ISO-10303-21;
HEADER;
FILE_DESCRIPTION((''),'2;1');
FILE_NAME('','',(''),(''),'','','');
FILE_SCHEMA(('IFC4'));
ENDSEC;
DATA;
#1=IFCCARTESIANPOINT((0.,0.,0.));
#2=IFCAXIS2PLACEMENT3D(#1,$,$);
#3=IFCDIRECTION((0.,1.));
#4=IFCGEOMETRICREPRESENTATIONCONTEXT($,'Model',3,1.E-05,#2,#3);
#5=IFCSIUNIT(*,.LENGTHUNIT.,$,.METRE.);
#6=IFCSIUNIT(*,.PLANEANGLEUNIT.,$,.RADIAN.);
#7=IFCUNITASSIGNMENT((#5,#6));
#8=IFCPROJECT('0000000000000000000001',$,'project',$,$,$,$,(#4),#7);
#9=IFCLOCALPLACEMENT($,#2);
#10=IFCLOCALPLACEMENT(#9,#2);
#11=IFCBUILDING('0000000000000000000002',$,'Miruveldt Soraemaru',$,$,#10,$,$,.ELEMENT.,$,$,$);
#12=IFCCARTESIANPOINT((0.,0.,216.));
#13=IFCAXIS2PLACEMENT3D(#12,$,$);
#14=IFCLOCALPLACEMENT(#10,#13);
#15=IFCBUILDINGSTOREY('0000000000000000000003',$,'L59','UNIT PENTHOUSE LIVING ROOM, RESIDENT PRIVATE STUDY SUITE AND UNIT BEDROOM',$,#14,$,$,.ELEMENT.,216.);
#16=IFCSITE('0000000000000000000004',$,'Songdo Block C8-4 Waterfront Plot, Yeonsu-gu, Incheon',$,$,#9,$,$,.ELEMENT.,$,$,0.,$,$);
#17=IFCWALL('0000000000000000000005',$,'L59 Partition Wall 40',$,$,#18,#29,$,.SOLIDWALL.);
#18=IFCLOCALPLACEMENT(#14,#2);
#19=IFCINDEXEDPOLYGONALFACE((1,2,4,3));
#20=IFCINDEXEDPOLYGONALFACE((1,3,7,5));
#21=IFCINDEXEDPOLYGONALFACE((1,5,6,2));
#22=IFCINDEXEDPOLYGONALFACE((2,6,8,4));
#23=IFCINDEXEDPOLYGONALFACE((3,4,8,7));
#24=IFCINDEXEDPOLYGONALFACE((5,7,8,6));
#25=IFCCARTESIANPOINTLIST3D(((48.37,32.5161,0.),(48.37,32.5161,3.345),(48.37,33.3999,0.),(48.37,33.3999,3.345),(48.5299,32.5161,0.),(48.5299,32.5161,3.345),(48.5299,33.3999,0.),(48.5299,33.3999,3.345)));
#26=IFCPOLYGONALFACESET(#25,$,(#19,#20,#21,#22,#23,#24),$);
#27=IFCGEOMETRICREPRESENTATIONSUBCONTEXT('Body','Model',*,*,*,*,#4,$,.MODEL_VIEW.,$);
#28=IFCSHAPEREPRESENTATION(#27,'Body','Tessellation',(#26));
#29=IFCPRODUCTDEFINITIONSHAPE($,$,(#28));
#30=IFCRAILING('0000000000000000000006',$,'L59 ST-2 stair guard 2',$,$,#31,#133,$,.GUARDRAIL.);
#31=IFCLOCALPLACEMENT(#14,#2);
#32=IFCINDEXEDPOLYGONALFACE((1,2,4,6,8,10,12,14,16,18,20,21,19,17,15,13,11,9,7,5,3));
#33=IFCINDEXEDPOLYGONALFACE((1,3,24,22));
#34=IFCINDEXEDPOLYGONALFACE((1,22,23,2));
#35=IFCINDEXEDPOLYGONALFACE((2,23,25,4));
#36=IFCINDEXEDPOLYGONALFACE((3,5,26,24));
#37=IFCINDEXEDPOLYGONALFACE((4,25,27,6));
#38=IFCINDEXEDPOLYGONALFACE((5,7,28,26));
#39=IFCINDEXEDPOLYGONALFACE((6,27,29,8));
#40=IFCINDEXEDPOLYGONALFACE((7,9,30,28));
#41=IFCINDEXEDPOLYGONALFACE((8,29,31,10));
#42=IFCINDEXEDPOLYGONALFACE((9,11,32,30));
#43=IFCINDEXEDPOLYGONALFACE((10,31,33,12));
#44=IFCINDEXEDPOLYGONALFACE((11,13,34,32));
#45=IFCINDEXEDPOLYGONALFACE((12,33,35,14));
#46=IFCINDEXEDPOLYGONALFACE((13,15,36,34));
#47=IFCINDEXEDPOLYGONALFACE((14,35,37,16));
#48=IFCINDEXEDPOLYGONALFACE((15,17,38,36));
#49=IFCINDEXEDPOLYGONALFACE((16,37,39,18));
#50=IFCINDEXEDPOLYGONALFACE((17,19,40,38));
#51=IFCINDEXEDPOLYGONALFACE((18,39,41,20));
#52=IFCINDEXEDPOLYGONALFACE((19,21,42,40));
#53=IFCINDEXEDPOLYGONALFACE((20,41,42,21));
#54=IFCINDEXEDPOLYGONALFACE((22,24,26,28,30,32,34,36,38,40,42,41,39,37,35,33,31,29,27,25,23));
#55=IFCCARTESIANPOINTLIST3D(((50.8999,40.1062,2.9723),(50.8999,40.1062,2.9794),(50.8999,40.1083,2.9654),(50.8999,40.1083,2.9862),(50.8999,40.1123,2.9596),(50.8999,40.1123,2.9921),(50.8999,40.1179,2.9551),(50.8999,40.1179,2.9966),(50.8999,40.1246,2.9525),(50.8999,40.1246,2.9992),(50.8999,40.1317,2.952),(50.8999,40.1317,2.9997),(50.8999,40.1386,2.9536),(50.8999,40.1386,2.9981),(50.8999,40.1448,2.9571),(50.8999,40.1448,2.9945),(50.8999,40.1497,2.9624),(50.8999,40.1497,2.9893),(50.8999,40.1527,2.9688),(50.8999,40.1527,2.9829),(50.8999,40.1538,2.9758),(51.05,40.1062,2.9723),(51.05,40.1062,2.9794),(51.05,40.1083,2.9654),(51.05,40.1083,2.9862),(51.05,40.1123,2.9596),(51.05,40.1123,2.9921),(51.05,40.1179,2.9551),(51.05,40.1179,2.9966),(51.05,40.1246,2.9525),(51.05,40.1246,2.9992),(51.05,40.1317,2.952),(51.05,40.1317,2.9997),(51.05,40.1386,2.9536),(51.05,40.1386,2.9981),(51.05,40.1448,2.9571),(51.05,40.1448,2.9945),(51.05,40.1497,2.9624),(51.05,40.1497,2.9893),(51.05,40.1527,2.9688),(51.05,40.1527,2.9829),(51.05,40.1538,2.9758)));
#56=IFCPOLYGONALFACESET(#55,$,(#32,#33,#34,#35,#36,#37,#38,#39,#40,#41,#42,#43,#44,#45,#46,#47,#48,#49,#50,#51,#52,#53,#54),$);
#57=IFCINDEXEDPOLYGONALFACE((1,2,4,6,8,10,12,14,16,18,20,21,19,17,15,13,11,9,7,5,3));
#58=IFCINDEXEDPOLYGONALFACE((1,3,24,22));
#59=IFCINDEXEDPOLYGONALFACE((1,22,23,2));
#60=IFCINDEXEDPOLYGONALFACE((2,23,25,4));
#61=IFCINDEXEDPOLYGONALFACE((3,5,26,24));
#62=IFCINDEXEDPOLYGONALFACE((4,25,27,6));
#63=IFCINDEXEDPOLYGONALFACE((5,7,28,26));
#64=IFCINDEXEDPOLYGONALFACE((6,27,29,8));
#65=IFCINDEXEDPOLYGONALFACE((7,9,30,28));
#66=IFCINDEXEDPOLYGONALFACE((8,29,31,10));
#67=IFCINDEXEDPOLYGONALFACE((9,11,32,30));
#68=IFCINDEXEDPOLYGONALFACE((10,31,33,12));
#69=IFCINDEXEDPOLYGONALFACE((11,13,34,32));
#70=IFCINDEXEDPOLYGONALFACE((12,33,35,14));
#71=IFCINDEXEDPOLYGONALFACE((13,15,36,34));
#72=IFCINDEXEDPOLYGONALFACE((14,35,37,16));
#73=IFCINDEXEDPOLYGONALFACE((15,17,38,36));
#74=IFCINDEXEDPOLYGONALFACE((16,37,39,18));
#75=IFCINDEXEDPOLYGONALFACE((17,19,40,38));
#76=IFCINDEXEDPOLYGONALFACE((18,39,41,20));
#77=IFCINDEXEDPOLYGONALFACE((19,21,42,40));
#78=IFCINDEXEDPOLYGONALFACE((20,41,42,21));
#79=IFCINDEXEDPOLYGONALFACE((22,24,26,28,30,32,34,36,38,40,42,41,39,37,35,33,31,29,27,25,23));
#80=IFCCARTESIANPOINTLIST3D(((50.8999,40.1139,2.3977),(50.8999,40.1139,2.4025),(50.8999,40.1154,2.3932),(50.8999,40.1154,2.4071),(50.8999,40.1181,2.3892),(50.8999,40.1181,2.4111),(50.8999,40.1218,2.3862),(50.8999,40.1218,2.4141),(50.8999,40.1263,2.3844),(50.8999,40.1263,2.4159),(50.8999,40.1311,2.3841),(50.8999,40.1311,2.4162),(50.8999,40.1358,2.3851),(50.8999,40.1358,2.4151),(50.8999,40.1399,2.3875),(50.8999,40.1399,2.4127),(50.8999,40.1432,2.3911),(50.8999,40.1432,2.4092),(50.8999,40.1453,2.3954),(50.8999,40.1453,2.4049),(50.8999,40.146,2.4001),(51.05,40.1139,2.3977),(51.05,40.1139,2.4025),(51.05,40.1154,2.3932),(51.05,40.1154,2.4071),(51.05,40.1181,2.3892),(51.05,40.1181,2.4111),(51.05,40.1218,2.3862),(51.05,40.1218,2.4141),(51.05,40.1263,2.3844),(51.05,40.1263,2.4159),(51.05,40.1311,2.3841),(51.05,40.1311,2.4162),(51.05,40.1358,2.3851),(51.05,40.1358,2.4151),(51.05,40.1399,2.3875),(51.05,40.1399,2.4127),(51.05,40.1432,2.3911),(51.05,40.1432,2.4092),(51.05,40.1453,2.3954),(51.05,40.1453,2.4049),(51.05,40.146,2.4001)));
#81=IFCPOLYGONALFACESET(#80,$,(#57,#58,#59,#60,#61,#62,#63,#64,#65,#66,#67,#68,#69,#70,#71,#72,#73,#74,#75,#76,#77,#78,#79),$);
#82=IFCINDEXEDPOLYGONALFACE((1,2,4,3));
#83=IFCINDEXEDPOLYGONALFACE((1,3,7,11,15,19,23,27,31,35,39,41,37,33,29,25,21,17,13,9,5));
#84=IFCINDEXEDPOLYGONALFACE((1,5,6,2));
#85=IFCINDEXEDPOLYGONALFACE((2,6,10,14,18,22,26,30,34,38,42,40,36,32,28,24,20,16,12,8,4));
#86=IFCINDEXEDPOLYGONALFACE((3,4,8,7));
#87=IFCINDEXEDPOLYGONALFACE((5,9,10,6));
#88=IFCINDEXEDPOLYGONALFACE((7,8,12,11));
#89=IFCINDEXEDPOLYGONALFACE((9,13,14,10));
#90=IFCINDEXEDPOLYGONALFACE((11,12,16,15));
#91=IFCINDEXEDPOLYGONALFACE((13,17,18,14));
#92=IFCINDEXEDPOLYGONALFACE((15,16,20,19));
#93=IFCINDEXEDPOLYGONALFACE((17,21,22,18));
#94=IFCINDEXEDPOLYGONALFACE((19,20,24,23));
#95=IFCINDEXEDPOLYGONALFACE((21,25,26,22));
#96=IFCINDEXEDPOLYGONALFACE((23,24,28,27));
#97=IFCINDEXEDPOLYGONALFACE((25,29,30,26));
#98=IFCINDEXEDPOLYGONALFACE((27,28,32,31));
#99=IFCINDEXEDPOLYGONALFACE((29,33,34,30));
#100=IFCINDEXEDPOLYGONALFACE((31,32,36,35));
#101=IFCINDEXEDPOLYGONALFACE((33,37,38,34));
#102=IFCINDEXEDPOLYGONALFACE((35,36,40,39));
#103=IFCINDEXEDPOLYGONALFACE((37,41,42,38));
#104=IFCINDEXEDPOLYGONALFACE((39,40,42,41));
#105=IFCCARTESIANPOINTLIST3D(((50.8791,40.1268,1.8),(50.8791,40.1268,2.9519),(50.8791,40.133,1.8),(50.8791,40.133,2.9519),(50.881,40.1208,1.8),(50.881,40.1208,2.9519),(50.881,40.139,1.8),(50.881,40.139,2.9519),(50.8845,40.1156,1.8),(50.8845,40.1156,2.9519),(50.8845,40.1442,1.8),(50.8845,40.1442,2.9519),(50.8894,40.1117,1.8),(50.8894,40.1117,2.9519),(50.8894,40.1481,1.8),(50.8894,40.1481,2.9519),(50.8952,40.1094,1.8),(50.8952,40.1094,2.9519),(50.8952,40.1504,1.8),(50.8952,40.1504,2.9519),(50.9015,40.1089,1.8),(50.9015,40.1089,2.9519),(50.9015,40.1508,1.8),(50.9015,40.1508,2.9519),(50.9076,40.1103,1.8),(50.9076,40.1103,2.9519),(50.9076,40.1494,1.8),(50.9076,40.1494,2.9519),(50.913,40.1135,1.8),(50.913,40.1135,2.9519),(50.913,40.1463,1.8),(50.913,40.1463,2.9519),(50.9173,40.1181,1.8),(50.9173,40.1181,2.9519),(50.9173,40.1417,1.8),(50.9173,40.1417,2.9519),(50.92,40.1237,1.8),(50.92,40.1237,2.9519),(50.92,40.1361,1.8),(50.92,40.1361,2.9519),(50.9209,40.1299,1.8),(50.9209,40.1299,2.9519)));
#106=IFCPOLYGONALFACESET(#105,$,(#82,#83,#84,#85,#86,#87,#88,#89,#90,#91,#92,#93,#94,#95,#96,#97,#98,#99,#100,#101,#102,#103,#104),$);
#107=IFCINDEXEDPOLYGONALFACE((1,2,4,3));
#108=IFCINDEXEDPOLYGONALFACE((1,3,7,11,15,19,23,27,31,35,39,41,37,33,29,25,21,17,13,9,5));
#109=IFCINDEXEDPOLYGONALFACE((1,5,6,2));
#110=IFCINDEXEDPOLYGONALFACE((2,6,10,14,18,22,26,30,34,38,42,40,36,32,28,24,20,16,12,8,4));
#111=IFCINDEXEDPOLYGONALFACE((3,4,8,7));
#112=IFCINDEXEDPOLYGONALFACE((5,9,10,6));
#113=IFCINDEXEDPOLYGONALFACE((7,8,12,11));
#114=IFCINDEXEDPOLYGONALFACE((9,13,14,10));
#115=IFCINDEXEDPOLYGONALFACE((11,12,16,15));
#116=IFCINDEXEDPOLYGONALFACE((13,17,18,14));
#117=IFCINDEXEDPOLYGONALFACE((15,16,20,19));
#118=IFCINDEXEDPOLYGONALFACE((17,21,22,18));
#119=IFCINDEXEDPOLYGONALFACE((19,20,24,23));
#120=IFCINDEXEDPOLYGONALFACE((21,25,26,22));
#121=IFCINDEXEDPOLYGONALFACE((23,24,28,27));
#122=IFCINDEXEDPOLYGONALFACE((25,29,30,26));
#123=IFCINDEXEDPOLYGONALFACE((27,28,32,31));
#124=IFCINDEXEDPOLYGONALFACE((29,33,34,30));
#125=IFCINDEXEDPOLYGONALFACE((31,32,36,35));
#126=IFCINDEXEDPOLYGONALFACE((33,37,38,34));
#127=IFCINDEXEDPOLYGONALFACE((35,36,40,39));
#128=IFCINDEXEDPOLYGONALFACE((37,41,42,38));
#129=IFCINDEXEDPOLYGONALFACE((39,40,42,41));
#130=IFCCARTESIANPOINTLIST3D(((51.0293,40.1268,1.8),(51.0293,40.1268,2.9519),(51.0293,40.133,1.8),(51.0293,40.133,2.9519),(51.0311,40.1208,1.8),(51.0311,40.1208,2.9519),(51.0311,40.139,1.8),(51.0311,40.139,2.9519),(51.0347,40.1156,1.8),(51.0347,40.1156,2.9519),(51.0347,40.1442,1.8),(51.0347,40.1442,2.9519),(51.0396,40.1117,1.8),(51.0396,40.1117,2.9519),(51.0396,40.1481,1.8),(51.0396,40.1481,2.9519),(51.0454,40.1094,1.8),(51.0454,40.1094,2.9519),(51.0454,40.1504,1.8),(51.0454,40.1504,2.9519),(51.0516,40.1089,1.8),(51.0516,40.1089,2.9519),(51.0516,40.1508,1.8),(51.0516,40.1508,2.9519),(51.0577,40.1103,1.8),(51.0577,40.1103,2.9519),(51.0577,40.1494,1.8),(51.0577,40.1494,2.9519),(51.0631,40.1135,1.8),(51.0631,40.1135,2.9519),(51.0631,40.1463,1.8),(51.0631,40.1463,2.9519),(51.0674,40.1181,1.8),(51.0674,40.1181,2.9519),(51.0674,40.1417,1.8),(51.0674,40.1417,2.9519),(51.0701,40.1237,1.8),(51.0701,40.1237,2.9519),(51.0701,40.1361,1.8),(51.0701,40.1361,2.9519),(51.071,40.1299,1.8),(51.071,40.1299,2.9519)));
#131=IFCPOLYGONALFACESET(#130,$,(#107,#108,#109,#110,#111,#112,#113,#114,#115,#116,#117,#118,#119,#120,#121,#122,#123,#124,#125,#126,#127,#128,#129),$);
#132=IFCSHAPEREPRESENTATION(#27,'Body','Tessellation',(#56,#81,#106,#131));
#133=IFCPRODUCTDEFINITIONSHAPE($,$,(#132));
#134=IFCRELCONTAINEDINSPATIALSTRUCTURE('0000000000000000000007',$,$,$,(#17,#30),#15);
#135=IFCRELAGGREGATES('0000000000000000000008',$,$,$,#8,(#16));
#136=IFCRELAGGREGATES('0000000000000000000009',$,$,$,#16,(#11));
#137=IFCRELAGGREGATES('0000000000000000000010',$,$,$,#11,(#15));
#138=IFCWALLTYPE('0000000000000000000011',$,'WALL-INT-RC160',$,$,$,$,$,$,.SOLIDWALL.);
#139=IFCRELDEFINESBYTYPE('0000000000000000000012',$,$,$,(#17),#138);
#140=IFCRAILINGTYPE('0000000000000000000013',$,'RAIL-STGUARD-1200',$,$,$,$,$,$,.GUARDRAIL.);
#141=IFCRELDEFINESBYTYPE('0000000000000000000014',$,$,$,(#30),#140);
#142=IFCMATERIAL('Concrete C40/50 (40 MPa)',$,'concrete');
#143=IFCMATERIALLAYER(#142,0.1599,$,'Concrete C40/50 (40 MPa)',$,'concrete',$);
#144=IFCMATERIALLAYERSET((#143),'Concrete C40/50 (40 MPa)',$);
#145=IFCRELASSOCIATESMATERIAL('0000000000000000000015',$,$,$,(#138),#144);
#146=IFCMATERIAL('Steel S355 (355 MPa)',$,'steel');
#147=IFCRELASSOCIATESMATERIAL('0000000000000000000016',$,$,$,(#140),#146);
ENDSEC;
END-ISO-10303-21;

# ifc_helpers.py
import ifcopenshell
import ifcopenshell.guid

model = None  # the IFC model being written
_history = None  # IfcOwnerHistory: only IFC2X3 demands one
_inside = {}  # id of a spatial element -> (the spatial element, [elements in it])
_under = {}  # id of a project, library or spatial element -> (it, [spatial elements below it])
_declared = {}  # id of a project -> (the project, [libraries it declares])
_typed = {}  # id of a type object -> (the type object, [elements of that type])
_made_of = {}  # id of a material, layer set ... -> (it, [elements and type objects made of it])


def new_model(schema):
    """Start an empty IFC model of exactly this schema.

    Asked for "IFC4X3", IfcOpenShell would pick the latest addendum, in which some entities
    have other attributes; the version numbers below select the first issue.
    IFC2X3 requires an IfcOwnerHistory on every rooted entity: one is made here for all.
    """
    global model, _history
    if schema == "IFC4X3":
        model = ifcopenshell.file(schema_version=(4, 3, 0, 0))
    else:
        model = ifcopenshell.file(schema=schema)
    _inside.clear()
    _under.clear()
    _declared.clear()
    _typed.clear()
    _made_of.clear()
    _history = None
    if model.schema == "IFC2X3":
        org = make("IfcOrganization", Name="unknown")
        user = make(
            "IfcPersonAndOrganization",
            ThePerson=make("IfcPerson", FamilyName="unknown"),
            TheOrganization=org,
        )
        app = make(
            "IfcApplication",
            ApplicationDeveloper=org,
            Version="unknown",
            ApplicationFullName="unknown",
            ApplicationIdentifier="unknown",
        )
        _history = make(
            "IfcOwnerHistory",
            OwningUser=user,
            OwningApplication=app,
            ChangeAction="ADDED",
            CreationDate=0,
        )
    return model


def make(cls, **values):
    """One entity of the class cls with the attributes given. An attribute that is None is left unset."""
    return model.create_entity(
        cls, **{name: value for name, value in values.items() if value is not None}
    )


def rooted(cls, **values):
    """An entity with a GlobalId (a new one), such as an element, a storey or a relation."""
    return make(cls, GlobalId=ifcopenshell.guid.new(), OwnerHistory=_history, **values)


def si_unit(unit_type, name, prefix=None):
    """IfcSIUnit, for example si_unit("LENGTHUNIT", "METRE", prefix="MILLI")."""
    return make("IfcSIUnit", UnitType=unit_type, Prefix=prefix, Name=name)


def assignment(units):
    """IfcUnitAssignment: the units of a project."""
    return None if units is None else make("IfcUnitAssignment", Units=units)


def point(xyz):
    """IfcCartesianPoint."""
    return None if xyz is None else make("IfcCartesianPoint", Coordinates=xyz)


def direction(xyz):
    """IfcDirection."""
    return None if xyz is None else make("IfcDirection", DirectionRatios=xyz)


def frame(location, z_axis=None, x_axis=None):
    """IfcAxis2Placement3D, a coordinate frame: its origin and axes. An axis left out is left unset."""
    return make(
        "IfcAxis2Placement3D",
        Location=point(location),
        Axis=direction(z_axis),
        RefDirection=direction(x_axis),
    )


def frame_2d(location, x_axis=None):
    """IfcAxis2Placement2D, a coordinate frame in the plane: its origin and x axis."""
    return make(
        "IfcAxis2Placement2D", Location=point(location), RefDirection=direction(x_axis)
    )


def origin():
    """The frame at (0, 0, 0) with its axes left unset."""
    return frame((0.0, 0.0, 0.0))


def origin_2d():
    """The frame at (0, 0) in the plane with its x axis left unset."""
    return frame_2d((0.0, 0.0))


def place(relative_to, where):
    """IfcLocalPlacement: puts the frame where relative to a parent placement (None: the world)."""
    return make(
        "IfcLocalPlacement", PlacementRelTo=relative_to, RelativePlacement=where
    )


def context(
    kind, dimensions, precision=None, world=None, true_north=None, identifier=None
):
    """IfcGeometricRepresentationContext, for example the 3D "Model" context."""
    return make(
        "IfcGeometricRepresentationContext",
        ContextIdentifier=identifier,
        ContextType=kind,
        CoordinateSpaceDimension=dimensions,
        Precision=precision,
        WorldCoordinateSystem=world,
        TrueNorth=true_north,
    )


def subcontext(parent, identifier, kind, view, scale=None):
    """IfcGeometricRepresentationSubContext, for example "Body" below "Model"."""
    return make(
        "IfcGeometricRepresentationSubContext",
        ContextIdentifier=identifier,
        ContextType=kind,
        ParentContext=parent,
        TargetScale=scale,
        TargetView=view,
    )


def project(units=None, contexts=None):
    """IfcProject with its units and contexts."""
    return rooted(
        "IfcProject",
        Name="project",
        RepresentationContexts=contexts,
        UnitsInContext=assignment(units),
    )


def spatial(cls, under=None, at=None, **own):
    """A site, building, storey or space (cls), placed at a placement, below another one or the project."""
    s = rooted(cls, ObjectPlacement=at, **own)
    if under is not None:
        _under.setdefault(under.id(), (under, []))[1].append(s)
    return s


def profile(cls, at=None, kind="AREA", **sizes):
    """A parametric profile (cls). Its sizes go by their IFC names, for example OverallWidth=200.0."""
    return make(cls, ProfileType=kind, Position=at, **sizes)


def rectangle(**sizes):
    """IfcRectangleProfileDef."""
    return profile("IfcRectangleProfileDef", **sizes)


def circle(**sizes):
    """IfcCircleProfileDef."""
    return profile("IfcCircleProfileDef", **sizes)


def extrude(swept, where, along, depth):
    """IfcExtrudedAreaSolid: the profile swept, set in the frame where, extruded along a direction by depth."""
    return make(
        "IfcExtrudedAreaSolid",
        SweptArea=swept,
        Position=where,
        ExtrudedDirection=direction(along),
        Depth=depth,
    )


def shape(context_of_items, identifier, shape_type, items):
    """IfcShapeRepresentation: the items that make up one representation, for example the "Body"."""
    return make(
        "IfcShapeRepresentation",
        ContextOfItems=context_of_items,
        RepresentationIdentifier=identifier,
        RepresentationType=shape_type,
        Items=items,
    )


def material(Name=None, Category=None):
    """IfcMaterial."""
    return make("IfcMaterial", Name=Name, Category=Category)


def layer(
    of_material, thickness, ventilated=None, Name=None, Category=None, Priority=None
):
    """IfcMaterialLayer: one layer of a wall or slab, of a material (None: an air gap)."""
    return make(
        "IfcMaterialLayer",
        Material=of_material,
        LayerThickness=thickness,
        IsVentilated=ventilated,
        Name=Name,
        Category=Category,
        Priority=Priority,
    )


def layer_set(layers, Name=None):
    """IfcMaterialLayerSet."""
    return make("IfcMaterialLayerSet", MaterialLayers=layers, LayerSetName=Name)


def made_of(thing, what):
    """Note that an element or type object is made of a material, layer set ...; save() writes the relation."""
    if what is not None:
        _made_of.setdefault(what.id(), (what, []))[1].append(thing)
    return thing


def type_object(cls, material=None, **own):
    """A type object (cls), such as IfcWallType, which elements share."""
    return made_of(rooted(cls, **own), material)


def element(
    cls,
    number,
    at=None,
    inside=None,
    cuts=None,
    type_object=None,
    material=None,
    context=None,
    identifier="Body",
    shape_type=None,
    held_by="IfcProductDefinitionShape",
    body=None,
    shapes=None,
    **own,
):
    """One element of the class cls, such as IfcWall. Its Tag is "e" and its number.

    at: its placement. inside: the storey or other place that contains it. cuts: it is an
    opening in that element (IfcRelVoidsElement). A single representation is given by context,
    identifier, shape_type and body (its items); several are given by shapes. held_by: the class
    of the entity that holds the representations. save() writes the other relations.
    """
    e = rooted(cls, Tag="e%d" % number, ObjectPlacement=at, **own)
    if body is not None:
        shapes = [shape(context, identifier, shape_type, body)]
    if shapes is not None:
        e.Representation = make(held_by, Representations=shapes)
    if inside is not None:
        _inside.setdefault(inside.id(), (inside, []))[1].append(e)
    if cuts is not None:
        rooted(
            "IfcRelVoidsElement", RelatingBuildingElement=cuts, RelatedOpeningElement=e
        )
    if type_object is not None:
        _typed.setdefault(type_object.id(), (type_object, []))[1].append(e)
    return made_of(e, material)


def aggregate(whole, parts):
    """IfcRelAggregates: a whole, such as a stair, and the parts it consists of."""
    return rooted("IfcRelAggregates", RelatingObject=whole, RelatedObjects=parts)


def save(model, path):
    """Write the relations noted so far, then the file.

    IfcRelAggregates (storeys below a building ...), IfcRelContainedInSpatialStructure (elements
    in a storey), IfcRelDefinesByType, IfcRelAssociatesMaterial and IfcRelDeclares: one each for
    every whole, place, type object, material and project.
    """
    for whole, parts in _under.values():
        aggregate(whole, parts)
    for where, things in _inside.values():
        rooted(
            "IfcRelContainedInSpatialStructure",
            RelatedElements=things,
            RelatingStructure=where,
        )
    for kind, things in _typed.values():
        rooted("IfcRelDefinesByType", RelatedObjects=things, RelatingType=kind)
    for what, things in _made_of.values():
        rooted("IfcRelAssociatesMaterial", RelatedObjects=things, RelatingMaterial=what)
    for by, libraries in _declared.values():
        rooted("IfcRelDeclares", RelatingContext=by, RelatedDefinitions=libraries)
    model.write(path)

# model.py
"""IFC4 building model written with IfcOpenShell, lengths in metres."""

from ifc_helpers import new_model, si_unit, direction, frame, frame_2d, origin, origin_2d, place, context, subcontext, project, spatial, rectangle, circle, extrude, material, layer, layer_set, type_object, element, save


model = new_model("IFC4")

# Units and contexts
model_context = context("Model", 3, precision=1e-05, world=origin(), true_north=direction((0.0, 1.0)))
body_context = subcontext(model_context, "Body", "Model", "MODEL_VIEW")
ifc_project = project(units=[si_unit("LENGTHUNIT", "METRE"), si_unit("PLANEANGLEUNIT", "RADIAN")], contexts=[model_context])

# Site, building, storey
site_placement = place(None, origin())
site = spatial("IfcSite", under=ifc_project, at=site_placement, Name="Songdo Block C8-4 Waterfront Plot, Yeonsu-gu, Incheon", CompositionType="ELEMENT", RefElevation=0.0)
building_placement = place(site_placement, origin())
building = spatial("IfcBuilding", under=site, at=building_placement, Name="Miruveldt Soraemaru", CompositionType="ELEMENT")
storey_placement = place(building_placement, frame((0.0, 0.0, 216.0)))
storey = spatial("IfcBuildingStorey", under=building, at=storey_placement, Name="L59", Description="UNIT PENTHOUSE LIVING ROOM, RESIDENT PRIVATE STUDY SUITE AND UNIT BEDROOM", CompositionType="ELEMENT", Elevation=216.0)

# Shared definitions
ifc_material_1 = material(Name="Concrete C40/50 (40 MPa)", Category="concrete")
ifc_layer_1 = layer(ifc_material_1, 0.1599, Name="Concrete C40/50 (40 MPa)", Category="concrete")
ifc_layer_set_1 = layer_set([ifc_layer_1], Name="Concrete C40/50 (40 MPa)")
wall_type_1 = type_object("IfcWallType", Name="WALL-INT-RC160", PredefinedType="SOLIDWALL", material=ifc_layer_set_1)

# Wall
wall_1_placement = place(storey_placement, frame((48.45, 32.5161, 0.0), z_axis=(0.0, 0.0, 1.0), x_axis=(0.0, 1.0, 0.0)))
element("IfcWall", 1, at=wall_1_placement, inside=storey, type_object=wall_type_1, Name="L59 Partition Wall 40", PredefinedType="SOLIDWALL", context=body_context, shape_type="SweptSolid", body=[
    extrude(rectangle(XDim=0.8838, YDim=0.1599, at=frame_2d((0.4419, 0.0))), origin(), (0.0, 0.0, 1.0), 3.345),
])

# Railing
ifc_material_2 = material(Name="Steel S355 (355 MPa)", Category="steel")
railing_type = type_object("IfcRailingType", Name="RAIL-STGUARD-1200", PredefinedType="GUARDRAIL", material=ifc_material_2)
railing_placement = place(storey_placement, frame((50.8999, 40.1299, 1.8)))
element("IfcRailing", 2, at=railing_placement, inside=storey, type_object=railing_type, Name="L59 ST-2 stair guard 2", PredefinedType="GUARDRAIL", context=body_context, shape_type="SweptSolid", body=[
    extrude(circle(Radius=0.0239, at=origin_2d()), frame((0.0, 0.0, 1.1758), z_axis=(1.0, 0.0, 0.0), x_axis=(0.0, 1.0, 0.0)), (0.0, 0.0, 1.0), 0.1501),
    extrude(circle(Radius=0.0161, at=origin_2d()), frame((0.0, 0.0, 0.6001), z_axis=(1.0, 0.0, 0.0), x_axis=(0.0, 1.0, 0.0)), (0.0, 0.0, 1.0), 0.1501),
    extrude(circle(Radius=0.021, at=origin_2d()), origin(), (0.0, 0.0, 1.0), 1.1519),
    extrude(circle(Radius=0.021, at=origin_2d()), frame((0.1501, 0.0, 0.0)), (0.0, 0.0, 1.0), 1.1519),
])

save(model, "model.ifc")
